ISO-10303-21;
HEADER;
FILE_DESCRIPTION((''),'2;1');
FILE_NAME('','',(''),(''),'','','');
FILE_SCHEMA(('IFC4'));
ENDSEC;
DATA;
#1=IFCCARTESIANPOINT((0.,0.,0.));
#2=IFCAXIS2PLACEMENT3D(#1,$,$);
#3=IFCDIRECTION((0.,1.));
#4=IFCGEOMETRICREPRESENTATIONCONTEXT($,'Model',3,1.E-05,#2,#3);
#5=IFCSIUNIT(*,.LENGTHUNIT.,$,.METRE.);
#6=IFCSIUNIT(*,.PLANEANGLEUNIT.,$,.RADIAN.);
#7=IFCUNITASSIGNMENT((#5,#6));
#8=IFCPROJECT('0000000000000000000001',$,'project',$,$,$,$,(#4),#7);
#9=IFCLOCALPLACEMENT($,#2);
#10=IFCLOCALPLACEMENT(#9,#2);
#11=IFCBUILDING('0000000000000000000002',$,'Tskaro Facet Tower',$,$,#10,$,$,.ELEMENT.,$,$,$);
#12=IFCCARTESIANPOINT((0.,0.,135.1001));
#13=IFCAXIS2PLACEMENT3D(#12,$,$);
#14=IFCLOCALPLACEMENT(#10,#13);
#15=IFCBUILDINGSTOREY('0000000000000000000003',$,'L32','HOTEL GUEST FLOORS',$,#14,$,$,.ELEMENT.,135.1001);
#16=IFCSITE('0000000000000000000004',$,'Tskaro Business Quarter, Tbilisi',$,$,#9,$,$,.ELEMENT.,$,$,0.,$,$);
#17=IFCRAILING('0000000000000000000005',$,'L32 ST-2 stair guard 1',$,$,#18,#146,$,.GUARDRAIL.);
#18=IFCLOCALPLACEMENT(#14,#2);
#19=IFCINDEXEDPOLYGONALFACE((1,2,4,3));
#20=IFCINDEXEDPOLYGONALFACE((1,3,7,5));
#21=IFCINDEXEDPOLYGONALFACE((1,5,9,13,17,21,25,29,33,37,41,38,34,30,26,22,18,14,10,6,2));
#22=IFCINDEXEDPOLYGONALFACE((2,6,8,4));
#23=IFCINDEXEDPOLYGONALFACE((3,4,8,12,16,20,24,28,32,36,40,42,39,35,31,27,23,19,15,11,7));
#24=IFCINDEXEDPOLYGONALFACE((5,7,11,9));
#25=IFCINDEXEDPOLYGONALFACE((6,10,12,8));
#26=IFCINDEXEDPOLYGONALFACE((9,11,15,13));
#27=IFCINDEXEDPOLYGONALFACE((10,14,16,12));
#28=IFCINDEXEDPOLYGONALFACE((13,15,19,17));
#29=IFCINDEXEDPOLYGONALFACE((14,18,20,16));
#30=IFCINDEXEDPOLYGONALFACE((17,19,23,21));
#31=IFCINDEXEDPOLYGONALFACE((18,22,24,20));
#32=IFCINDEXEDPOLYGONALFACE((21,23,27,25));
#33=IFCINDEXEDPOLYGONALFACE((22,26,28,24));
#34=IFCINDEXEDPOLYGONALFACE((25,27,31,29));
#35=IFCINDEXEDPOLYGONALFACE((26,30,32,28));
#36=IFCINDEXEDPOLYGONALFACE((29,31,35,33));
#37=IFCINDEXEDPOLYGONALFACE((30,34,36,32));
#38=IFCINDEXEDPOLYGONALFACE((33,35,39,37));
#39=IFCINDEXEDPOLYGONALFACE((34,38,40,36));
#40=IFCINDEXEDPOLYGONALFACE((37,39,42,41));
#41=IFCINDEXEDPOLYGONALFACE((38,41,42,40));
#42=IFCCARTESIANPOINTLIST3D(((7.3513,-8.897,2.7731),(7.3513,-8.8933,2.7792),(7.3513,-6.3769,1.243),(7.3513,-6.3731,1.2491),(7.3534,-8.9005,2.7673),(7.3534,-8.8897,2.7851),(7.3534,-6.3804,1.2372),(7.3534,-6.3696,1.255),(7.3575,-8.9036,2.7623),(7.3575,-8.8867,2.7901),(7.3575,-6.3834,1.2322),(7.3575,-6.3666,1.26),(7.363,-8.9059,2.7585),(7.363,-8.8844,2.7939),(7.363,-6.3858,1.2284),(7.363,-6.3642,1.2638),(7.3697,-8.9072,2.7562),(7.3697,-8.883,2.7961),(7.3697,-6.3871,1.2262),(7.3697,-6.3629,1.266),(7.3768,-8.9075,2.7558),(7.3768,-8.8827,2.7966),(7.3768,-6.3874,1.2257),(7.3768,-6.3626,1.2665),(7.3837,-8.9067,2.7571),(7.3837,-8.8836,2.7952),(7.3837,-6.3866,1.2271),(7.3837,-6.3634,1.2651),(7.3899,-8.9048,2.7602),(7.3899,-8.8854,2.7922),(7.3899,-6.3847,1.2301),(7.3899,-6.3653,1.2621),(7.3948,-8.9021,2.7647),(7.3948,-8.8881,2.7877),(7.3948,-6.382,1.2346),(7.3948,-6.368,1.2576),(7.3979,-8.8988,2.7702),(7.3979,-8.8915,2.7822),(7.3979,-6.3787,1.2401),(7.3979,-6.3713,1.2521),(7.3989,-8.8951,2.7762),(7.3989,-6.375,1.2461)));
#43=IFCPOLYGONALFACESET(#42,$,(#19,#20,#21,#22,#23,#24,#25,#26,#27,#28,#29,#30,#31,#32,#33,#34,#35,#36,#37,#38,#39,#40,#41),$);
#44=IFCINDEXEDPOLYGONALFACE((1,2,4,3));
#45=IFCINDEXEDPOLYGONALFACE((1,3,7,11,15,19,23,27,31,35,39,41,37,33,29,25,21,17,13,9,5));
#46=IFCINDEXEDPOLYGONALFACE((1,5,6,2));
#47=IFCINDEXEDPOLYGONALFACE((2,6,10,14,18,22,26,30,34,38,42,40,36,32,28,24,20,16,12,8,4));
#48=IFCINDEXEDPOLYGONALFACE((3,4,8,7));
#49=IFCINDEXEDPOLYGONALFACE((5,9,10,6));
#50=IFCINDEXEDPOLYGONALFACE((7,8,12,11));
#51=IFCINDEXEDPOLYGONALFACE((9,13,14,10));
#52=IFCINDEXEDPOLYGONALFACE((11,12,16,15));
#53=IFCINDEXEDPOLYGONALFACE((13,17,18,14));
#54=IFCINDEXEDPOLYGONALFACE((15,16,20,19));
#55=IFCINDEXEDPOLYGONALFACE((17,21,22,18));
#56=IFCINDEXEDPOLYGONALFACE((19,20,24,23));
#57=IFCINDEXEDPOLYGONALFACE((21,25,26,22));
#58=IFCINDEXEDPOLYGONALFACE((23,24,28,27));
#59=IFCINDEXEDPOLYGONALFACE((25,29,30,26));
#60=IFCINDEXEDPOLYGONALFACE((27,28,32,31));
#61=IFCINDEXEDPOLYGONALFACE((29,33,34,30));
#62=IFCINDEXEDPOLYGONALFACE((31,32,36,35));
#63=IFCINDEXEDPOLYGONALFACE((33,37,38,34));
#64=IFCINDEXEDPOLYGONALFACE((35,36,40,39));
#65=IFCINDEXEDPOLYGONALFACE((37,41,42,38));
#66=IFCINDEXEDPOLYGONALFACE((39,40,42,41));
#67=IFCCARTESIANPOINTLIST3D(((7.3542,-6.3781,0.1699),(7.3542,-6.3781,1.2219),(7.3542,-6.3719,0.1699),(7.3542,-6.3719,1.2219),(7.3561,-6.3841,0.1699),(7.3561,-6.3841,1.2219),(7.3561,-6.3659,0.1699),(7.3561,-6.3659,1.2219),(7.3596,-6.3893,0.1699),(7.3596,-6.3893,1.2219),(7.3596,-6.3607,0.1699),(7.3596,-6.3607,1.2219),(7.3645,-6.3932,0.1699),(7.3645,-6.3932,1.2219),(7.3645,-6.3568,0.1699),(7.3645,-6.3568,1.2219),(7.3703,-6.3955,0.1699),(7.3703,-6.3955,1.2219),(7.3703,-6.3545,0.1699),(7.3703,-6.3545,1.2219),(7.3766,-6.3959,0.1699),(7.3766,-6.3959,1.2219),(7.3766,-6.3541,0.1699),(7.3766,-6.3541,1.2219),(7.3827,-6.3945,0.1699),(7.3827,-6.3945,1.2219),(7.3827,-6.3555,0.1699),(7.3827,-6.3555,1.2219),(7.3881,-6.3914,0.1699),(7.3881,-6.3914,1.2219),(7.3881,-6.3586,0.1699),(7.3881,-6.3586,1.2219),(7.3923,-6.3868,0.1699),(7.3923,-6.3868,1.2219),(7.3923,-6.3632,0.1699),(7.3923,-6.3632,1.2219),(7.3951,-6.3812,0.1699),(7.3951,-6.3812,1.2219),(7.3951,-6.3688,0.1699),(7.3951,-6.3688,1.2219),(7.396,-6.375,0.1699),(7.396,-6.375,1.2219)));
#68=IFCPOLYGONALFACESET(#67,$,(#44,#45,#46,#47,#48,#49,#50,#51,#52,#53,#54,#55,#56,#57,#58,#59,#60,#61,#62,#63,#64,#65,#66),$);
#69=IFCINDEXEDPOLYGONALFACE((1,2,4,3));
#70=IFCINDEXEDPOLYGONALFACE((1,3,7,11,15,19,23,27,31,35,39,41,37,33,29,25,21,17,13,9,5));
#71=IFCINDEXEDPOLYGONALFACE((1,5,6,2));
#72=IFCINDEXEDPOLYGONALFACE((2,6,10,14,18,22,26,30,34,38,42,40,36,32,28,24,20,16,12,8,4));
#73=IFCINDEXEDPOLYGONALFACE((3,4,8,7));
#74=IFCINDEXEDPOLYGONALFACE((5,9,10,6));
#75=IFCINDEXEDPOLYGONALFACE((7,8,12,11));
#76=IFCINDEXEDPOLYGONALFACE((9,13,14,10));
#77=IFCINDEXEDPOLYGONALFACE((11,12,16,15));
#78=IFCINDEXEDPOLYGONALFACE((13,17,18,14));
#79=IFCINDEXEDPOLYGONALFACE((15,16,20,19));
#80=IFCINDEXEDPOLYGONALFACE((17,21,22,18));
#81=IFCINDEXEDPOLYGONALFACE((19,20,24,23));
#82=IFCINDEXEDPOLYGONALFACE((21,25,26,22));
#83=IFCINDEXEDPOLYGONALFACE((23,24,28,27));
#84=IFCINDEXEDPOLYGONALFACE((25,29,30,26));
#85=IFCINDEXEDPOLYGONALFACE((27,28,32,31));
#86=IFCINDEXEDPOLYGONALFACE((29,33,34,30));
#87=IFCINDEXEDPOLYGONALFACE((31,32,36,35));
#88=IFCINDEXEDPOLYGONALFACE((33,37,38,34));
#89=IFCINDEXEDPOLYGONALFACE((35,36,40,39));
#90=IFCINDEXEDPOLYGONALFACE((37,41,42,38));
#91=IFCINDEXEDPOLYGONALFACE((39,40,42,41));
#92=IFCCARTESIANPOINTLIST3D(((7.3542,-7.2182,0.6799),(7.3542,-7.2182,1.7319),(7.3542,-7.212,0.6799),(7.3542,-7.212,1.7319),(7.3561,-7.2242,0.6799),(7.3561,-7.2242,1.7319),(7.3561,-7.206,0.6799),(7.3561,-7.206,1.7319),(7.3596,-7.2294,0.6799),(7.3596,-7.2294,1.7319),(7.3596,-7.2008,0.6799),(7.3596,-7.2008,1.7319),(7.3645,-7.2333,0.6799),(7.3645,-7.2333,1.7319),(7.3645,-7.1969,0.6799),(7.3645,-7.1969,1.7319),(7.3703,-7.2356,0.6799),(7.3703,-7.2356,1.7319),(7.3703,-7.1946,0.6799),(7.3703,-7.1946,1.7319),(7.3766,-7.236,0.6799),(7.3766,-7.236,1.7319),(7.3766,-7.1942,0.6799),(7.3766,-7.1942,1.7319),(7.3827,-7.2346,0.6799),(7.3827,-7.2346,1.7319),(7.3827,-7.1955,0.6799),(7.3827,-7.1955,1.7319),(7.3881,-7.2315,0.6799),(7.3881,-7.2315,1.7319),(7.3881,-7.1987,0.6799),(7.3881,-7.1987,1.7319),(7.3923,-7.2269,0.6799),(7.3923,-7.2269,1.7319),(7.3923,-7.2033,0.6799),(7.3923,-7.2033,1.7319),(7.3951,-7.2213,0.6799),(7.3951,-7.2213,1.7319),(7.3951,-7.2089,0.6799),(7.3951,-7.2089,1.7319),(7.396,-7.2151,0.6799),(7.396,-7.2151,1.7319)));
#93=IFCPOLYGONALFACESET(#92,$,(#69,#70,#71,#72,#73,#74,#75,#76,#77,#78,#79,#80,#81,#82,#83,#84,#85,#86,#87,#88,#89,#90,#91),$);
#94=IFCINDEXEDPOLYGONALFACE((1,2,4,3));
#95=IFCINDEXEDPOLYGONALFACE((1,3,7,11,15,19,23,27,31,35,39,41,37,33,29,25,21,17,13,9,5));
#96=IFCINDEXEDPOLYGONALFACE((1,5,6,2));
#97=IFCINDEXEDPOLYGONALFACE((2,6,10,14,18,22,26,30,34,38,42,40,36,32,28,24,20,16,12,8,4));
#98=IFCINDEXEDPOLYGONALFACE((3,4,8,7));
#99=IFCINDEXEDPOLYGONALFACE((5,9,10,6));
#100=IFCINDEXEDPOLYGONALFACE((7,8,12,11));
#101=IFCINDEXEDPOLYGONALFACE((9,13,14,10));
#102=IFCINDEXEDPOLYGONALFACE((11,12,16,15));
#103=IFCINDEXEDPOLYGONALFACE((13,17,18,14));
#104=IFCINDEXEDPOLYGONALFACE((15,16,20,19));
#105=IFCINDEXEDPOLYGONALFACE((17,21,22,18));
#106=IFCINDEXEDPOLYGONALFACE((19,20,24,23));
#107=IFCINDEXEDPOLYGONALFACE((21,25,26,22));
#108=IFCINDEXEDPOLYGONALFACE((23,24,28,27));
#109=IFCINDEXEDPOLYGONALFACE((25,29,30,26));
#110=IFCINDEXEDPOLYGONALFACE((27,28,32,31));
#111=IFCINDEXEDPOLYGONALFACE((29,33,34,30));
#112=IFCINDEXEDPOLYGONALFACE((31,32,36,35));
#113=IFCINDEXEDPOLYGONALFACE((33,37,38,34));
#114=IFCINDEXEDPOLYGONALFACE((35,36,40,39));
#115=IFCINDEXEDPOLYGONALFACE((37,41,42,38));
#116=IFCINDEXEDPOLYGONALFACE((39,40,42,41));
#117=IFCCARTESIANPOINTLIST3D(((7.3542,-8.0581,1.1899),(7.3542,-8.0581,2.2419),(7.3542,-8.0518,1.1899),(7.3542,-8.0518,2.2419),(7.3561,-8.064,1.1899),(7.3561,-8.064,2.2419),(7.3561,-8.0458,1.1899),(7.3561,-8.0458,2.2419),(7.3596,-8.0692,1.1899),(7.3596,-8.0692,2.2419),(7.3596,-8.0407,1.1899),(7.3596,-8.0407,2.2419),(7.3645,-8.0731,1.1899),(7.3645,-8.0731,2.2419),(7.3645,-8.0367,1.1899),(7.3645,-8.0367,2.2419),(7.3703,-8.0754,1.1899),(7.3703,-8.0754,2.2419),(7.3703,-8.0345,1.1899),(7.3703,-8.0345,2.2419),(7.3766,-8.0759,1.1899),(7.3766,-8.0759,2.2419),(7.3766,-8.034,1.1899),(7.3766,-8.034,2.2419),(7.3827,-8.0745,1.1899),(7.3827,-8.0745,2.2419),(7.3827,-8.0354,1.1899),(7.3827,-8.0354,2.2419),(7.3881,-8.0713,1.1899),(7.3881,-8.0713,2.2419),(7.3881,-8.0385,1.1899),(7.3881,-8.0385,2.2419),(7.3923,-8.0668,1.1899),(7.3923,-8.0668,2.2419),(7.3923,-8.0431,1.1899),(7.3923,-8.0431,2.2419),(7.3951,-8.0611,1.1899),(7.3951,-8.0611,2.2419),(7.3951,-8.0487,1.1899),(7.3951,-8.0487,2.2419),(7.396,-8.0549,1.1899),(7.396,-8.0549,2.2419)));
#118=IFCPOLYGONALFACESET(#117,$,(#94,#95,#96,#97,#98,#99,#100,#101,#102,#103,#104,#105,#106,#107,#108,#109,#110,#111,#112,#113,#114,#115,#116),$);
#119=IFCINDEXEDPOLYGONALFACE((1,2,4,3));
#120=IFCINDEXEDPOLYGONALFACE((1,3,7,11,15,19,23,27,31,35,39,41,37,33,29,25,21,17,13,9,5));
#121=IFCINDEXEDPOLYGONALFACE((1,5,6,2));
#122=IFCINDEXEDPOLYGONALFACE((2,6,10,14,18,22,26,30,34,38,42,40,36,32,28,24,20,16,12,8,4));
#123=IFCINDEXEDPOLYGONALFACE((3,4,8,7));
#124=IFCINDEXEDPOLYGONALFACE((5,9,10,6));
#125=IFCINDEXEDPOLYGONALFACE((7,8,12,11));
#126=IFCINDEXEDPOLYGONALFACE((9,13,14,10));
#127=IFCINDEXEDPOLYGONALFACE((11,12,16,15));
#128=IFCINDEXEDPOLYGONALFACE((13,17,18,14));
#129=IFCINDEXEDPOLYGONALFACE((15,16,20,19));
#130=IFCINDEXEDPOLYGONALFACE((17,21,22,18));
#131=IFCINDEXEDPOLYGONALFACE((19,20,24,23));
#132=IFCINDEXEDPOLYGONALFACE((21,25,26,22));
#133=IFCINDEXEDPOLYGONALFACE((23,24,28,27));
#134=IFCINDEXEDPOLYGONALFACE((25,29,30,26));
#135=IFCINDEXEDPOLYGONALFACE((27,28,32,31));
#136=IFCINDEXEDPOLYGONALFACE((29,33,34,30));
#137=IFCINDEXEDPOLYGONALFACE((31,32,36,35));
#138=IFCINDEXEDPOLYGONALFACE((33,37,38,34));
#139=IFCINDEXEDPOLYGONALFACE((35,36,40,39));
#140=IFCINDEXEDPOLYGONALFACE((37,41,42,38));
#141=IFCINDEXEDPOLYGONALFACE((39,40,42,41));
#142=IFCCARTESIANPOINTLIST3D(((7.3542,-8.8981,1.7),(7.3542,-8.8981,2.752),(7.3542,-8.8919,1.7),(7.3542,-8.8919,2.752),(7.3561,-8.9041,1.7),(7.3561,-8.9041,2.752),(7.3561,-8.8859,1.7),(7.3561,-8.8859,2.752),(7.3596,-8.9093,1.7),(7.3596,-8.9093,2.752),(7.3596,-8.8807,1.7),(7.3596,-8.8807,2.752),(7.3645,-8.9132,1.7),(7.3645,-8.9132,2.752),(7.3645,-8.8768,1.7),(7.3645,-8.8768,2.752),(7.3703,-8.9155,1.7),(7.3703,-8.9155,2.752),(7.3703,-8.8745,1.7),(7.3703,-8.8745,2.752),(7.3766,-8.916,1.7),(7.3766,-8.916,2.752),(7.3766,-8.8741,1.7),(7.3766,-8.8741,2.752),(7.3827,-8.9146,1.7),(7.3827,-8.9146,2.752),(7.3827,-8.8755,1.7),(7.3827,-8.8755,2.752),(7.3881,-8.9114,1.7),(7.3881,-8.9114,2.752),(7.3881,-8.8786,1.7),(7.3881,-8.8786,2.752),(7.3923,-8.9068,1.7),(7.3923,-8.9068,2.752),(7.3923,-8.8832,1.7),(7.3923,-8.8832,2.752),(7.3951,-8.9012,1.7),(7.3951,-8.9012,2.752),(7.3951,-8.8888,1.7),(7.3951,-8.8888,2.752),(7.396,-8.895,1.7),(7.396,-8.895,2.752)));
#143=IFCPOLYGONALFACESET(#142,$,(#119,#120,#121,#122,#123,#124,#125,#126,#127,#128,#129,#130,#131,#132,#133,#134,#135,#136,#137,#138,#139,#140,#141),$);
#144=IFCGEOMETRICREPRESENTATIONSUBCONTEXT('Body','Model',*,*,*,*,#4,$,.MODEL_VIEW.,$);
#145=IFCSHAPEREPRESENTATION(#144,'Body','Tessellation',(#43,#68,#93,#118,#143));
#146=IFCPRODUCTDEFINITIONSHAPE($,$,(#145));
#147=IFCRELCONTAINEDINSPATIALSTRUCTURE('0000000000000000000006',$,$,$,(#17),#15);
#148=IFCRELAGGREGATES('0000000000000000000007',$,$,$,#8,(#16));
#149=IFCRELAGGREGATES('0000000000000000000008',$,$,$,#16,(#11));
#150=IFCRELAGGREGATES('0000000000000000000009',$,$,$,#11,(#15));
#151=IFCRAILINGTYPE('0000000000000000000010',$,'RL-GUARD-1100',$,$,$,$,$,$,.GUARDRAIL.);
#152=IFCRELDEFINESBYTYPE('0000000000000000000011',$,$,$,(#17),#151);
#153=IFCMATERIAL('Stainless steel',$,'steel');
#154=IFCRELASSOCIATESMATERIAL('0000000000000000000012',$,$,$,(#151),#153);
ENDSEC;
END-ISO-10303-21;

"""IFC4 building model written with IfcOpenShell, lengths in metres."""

from ifc_helpers import new_model, si_unit, direction, frame, origin, origin_2d, place, context, subcontext, project, spatial, circle, extrude, material, type_object, element, save


model = new_model("IFC4")

# Units and contexts
model_context = context("Model", 3, precision=1e-05, world=origin(), true_north=direction((0.0, 1.0)))
body_context = subcontext(model_context, "Body", "Model", "MODEL_VIEW")
ifc_project = project(units=[si_unit("LENGTHUNIT", "METRE"), si_unit("PLANEANGLEUNIT", "RADIAN")], contexts=[model_context])

# Site, building, storey
site_placement = place(None, origin())
site = spatial("IfcSite", under=ifc_project, at=site_placement, Name="Tskaro Business Quarter, Tbilisi", CompositionType="ELEMENT", RefElevation=0.0)
building_placement = place(site_placement, origin())
building = spatial("IfcBuilding", under=site, at=building_placement, Name="Tskaro Facet Tower", CompositionType="ELEMENT")
storey_placement = place(building_placement, frame((0.0, 0.0, 135.1001)))
storey = spatial("IfcBuildingStorey", under=building, at=storey_placement, Name="L32", Description="HOTEL GUEST FLOORS", CompositionType="ELEMENT", Elevation=135.1001)

# Railing
ifc_material_1 = material(Name="Stainless steel", Category="steel")
railing_type_1 = type_object("IfcRailingType", Name="RL-GUARD-1100", PredefinedType="GUARDRAIL", material=ifc_material_1)
railing_1_placement = place(storey_placement, frame((7.375, -6.375, 0.1699)))
element("IfcRailing", 1, at=railing_1_placement, inside=storey, type_object=railing_type_1, Name="L32 ST-2 stair guard 1", PredefinedType="GUARDRAIL", context=body_context, shape_type="SweptSolid", body=[
    extrude(circle(Radius=0.0239, at=origin_2d()), frame((0.0, 0.0, 1.0762), z_axis=(0.0, -0.854785, 0.518982), x_axis=(1.0, 0.0, 0.0)), (0.0, 0.0, 1.0), 2.9482),
    extrude(circle(Radius=0.021, at=origin_2d()), origin(), (0.0, 0.0, 1.0), 1.052),
    extrude(circle(Radius=0.021, at=origin_2d()), frame((0.0, -0.8401, 0.51)), (0.0, 0.0, 1.0), 1.052),
    extrude(circle(Radius=0.021, at=origin_2d()), frame((0.0, -1.6799, 1.02)), (0.0, 0.0, 1.0), 1.052),
    extrude(circle(Radius=0.021, at=origin_2d()), frame((0.0, -2.52, 1.53)), (0.0, 0.0, 1.0), 1.052),
])

save(model, "model.ifc")
